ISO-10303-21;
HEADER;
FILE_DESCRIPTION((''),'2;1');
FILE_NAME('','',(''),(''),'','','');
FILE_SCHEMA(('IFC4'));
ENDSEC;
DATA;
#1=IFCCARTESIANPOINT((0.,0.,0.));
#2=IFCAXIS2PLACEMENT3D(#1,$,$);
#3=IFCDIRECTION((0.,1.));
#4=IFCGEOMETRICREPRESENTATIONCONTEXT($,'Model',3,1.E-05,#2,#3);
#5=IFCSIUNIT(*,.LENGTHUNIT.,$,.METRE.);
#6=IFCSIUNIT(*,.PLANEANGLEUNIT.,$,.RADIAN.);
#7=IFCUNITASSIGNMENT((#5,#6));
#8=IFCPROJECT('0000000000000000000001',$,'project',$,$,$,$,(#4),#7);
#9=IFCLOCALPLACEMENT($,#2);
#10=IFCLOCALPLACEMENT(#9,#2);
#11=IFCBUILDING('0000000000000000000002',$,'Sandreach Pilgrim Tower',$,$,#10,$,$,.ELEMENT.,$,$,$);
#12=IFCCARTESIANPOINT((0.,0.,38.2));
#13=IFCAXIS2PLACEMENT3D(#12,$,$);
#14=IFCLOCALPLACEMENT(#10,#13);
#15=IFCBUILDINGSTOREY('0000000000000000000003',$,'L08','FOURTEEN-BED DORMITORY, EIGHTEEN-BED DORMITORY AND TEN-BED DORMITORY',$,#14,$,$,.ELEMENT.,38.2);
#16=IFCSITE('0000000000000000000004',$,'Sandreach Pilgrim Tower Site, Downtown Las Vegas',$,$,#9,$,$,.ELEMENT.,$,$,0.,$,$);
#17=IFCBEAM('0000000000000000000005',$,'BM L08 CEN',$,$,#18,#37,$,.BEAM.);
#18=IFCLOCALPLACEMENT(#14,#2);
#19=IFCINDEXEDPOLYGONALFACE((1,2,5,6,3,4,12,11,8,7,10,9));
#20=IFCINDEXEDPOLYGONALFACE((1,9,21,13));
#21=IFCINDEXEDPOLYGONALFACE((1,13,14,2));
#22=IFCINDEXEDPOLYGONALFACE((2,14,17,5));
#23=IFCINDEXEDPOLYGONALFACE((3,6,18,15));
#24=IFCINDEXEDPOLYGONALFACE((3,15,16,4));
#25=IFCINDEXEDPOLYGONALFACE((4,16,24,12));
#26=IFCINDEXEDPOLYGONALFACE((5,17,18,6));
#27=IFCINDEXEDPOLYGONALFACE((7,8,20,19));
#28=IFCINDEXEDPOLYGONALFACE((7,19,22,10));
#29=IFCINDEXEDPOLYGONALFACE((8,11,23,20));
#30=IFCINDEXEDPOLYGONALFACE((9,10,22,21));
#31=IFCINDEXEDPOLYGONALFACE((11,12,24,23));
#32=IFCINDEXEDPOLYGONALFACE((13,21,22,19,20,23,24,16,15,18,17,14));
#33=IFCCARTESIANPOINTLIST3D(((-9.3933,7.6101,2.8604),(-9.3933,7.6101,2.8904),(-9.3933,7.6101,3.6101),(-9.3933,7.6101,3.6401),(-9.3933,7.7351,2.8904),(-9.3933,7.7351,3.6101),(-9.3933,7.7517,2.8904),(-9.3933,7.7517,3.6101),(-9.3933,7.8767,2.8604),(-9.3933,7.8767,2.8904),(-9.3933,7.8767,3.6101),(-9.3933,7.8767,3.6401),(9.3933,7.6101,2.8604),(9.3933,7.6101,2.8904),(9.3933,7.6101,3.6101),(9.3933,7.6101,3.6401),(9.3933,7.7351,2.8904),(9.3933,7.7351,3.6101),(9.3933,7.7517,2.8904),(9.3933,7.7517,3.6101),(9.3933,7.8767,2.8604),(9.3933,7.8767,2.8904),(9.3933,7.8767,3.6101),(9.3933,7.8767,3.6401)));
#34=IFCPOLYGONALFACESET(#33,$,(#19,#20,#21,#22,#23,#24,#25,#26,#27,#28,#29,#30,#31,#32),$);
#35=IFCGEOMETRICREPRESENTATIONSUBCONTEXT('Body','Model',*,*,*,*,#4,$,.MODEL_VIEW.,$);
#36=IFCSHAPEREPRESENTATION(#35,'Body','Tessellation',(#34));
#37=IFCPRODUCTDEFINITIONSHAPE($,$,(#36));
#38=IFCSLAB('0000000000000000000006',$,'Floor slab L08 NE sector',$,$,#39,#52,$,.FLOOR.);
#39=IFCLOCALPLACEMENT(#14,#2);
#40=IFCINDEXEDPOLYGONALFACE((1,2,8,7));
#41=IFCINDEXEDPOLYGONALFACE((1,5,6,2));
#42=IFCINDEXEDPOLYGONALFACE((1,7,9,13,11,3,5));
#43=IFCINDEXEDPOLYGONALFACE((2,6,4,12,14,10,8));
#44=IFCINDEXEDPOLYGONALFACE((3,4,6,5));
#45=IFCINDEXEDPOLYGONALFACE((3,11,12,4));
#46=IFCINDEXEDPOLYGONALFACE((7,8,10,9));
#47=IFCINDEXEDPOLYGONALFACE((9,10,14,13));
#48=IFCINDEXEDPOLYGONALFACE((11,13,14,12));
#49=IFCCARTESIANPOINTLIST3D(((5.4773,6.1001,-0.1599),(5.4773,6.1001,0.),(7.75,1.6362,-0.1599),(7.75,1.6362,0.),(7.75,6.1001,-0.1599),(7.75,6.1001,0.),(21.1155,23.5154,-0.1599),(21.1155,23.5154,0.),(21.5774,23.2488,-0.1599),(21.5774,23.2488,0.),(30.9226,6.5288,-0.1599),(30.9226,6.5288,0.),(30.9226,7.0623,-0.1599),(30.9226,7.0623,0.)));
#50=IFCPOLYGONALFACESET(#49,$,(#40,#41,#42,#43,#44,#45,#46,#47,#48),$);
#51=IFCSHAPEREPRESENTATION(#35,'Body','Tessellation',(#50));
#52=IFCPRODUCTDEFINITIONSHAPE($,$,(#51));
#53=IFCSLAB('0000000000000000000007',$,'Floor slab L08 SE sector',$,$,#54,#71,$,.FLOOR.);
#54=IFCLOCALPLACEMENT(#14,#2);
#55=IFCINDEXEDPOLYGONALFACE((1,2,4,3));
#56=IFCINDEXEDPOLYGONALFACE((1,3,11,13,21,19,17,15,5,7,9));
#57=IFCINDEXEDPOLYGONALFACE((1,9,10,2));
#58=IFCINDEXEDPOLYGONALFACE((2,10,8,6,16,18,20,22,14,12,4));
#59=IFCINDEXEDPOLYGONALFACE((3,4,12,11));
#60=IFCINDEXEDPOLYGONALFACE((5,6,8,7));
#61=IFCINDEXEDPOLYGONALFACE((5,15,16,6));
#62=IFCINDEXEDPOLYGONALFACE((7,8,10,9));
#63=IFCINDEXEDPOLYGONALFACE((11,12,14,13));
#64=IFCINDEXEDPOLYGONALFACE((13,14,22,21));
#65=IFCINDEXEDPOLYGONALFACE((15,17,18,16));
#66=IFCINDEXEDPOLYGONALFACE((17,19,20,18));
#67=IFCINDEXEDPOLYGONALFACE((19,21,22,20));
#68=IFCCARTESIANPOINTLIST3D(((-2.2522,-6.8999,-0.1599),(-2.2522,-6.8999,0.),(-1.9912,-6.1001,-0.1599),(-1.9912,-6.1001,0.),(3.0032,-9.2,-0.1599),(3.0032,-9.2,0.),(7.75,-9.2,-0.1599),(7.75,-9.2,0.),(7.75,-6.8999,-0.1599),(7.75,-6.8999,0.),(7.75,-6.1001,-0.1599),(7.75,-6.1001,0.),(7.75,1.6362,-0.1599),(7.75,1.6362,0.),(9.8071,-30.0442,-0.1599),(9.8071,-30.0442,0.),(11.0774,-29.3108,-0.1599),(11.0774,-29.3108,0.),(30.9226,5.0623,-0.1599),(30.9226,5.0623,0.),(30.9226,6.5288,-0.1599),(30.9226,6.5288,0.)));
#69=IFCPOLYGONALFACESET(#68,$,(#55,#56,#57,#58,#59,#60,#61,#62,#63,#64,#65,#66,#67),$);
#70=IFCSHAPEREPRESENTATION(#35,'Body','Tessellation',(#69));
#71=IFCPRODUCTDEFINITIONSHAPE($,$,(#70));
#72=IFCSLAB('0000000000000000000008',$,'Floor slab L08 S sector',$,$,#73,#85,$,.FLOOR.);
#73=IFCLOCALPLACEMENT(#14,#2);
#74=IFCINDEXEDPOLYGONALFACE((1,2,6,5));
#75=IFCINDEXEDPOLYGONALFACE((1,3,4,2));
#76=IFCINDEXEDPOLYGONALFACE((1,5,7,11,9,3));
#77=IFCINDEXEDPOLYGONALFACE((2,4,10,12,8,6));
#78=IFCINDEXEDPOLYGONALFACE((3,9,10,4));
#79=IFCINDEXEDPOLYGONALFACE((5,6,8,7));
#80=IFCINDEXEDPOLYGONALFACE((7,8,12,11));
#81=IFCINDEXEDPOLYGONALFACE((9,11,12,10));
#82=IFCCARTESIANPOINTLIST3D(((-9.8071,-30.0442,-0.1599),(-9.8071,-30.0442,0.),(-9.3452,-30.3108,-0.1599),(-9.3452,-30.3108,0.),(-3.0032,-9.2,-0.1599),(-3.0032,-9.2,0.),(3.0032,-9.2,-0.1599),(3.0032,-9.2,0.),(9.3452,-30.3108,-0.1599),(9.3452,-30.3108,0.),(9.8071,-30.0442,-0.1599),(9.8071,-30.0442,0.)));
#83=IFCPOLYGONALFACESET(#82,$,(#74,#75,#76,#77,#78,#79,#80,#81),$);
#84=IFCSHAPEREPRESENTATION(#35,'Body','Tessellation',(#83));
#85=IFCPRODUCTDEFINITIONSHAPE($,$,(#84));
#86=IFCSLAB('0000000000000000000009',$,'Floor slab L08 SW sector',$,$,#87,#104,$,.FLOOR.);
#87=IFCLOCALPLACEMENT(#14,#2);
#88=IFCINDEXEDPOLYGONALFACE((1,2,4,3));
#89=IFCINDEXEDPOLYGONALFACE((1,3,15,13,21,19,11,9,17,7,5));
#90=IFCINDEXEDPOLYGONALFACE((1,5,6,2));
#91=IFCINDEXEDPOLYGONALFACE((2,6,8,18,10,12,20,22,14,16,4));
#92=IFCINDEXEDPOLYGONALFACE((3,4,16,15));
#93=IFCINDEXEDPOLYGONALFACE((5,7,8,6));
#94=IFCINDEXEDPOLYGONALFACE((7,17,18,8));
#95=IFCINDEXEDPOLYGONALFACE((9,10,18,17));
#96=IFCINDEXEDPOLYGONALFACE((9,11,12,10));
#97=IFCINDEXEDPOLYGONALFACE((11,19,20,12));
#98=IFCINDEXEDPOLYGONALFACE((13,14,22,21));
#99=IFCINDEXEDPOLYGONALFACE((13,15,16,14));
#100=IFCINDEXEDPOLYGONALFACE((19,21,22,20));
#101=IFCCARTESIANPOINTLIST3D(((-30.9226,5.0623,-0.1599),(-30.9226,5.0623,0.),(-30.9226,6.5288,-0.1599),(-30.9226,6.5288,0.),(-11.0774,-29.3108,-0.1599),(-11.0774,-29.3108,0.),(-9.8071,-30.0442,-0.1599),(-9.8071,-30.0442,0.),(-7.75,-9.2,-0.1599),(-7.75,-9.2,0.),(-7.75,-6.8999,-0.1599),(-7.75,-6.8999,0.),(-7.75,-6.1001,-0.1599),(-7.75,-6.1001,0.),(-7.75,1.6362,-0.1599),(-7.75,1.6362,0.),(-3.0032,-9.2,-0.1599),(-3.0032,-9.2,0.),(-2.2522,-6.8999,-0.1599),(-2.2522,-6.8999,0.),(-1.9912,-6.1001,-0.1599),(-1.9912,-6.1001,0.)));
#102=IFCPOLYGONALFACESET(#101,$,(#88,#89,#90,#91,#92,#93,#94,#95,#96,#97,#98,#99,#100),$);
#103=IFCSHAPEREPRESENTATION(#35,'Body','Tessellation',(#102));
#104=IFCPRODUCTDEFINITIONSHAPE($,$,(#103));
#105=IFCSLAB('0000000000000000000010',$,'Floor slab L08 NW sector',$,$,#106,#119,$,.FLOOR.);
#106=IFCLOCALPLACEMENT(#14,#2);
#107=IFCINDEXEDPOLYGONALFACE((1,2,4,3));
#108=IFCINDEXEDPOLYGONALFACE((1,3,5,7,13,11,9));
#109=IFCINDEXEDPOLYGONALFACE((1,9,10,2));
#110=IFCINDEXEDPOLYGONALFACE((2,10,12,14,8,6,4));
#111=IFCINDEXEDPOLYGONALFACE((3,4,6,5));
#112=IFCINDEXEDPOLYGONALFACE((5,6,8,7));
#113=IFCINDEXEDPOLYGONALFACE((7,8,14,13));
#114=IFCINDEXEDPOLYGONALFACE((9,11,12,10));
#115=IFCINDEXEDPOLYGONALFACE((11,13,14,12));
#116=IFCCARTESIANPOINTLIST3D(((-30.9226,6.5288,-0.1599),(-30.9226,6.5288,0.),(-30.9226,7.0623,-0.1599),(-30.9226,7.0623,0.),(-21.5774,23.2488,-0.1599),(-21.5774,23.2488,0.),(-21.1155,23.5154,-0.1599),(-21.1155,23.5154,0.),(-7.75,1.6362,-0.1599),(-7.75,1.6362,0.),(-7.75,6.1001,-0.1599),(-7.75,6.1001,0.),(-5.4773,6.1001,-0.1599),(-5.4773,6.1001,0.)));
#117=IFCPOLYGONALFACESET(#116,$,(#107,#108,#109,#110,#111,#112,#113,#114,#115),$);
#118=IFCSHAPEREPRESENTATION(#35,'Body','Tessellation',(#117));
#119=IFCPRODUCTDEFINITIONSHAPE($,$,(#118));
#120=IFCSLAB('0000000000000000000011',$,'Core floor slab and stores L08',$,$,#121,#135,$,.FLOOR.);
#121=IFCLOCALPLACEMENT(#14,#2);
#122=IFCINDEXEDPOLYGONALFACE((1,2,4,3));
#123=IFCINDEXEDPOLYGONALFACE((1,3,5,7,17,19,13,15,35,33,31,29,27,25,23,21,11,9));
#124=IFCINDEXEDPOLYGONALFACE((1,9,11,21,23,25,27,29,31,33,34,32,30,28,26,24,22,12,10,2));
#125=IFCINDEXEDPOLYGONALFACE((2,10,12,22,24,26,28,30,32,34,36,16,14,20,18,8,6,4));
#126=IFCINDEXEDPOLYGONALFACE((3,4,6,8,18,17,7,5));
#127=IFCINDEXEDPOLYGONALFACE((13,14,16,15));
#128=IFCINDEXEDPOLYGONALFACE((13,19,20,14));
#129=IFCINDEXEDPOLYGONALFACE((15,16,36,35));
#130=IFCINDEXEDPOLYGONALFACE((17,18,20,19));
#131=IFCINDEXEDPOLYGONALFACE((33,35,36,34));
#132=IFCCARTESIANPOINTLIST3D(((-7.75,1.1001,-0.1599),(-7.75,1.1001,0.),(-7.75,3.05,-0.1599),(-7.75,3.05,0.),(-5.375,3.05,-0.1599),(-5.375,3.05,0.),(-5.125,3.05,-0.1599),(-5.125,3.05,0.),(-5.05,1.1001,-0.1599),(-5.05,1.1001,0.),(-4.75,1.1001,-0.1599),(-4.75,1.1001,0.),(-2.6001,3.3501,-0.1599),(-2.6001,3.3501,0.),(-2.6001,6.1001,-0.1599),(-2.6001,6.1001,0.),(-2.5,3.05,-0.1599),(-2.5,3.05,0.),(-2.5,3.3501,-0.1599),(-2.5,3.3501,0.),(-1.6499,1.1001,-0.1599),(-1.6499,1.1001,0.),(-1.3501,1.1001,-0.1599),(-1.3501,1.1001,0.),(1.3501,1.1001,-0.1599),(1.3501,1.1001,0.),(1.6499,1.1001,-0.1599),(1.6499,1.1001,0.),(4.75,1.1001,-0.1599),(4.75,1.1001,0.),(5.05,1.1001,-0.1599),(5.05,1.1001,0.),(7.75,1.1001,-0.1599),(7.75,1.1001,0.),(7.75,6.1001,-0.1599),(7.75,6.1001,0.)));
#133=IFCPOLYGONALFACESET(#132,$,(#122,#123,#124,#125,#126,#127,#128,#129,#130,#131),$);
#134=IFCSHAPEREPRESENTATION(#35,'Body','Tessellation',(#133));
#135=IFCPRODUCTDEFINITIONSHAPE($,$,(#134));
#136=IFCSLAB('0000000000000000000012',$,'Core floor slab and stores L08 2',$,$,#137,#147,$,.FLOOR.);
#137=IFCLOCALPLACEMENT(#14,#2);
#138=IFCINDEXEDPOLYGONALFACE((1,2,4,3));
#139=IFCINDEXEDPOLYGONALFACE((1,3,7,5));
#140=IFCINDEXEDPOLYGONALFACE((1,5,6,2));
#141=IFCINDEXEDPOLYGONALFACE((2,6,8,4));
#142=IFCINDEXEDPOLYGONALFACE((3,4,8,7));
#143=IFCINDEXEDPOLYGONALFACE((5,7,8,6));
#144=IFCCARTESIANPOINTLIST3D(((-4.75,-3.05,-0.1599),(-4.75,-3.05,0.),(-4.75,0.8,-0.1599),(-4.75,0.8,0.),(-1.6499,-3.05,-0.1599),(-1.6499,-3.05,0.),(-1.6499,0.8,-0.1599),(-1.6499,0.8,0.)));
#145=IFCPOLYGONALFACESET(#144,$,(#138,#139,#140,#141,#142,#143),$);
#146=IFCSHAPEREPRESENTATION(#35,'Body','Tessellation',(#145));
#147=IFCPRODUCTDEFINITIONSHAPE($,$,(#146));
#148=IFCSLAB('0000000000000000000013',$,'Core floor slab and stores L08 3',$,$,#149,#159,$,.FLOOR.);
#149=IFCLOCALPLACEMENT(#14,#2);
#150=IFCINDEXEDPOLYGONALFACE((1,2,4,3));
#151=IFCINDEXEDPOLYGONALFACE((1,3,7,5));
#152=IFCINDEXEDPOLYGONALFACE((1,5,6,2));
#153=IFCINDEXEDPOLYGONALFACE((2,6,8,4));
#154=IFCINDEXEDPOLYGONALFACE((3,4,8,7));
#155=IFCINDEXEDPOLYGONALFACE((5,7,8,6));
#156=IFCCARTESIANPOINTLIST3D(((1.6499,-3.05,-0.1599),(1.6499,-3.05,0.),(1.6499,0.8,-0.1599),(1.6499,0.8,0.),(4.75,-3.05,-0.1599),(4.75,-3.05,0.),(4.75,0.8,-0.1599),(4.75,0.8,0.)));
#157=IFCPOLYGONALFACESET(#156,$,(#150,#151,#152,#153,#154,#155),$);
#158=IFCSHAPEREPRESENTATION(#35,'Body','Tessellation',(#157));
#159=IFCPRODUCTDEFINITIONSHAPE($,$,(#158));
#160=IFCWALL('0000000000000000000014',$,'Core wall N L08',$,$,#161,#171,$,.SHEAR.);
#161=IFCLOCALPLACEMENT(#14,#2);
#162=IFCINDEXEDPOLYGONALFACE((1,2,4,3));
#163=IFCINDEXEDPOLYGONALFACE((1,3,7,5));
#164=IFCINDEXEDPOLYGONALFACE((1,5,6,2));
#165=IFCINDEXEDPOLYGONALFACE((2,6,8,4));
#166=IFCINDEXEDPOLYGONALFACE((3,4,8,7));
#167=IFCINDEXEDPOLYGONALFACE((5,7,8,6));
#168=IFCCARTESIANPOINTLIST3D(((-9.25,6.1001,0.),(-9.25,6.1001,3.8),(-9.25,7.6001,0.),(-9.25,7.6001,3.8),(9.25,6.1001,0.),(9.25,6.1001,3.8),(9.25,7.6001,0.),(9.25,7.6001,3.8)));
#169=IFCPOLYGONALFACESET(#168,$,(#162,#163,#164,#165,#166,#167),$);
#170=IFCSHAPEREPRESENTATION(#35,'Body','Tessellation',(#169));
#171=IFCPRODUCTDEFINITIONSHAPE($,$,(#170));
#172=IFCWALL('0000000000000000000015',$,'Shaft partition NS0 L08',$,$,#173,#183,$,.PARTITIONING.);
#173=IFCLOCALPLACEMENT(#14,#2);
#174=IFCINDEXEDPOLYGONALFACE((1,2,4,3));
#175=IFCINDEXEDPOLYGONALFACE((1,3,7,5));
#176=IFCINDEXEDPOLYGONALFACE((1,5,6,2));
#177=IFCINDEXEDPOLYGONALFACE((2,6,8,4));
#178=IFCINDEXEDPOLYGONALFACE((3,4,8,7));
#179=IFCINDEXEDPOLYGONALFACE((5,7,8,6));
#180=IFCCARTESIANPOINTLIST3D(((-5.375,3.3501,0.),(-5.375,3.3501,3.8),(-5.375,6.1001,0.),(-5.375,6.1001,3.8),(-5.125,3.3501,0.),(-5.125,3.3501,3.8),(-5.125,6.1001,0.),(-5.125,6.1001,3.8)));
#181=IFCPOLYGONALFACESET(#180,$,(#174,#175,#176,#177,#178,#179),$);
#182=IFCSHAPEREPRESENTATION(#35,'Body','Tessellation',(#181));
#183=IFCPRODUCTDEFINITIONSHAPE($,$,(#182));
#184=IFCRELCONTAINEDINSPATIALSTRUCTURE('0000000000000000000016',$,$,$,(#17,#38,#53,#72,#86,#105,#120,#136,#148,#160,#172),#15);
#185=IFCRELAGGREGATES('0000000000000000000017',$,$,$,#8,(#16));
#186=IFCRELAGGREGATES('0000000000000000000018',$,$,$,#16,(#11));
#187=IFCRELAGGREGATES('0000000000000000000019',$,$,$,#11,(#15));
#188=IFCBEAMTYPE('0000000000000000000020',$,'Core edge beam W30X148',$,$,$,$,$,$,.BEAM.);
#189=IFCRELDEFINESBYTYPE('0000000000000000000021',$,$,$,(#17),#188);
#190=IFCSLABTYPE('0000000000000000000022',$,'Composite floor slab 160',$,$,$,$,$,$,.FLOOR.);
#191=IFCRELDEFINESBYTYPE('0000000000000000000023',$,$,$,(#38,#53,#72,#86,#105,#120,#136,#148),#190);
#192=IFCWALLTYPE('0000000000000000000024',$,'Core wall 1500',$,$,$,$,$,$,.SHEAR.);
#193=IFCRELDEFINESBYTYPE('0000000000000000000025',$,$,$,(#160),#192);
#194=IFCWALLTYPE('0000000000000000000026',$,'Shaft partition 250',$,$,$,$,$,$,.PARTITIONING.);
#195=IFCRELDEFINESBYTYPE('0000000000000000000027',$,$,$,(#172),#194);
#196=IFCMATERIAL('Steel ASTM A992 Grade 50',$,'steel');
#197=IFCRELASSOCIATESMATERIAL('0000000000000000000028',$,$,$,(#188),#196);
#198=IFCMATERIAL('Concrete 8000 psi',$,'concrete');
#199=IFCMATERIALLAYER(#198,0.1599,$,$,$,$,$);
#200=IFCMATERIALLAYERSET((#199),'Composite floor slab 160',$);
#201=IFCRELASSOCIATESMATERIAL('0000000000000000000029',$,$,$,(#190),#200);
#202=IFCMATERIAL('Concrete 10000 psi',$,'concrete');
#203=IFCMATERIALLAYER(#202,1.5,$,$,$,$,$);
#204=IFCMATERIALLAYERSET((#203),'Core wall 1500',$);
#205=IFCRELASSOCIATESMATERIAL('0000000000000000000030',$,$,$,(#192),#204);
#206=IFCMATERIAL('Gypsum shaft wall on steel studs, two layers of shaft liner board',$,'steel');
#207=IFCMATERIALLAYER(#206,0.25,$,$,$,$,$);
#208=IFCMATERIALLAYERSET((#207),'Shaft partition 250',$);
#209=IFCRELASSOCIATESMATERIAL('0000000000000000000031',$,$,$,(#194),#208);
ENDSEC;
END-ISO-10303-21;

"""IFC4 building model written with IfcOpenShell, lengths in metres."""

from ifc_helpers import new_model, si_unit, direction, frame, frame_2d, origin, origin_2d, place, context, subcontext, project, spatial, polyline, rectangle, i_section, outline, extrude, material, layer, layer_set, material_profile, profile_set, type_object, element, save


model = new_model("IFC4")

# Units and contexts
model_context = context("Model", 3, precision=1e-05, world=origin(), true_north=direction((0.0, 1.0)))
body_context = subcontext(model_context, "Body", "Model", "MODEL_VIEW")
ifc_project = project(units=[si_unit("LENGTHUNIT", "METRE"), si_unit("PLANEANGLEUNIT", "RADIAN")], contexts=[model_context])

# Site, building, storey
site_placement = place(None, origin())
site = spatial("IfcSite", under=ifc_project, at=site_placement, Name="Sandreach Pilgrim Tower Site, Downtown Las Vegas", CompositionType="ELEMENT", RefElevation=0.0)
building_placement = place(site_placement, origin())
building = spatial("IfcBuilding", under=site, at=building_placement, Name="Sandreach Pilgrim Tower", CompositionType="ELEMENT")
storey_placement = place(building_placement, frame((0.0, 0.0, 38.2)))
storey = spatial("IfcBuildingStorey", under=building, at=storey_placement, Name="L08", Description="FOURTEEN-BED DORMITORY, EIGHTEEN-BED DORMITORY AND TEN-BED DORMITORY", CompositionType="ELEMENT", Elevation=38.2)

# Beam
ifc_material_1 = material(Name="Steel ASTM A992 Grade 50", Category="steel")
ifc_material_profile = material_profile(ifc_material_1, i_section(OverallWidth=0.2666, OverallDepth=0.7798, WebThickness=0.0166, FlangeThickness=0.03, at=origin_2d()), Name="W30X148")
ifc_profile_set = profile_set([ifc_material_profile], Name="Steel ASTM A992 Grade 50")
beam_type = type_object("IfcBeamType", Name="Core edge beam W30X148", PredefinedType="BEAM", material=ifc_profile_set)
beam_placement = place(storey_placement, frame((-9.3933, 7.7434, 3.2502), z_axis=(1.0, 0.0, 0.0), x_axis=(0.0, 1.0, 0.0)))
element("IfcBeam", 1, at=beam_placement, inside=storey, type_object=beam_type, Name="BM L08 CEN", PredefinedType="BEAM", context=body_context, shape_type="SweptSolid", body=[
    extrude(i_section(OverallWidth=0.2666, OverallDepth=0.7798, WebThickness=0.0166, FlangeThickness=0.03, at=origin_2d()), origin(), (0.0, 0.0, 1.0), 18.7866),
])

# Slabs
ifc_material_2 = material(Name="Concrete 8000 psi", Category="concrete")
ifc_layer_1 = layer(ifc_material_2, 0.1599)
ifc_layer_set_1 = layer_set([ifc_layer_1], Name="Composite floor slab 160")
slab_type = type_object("IfcSlabType", Name="Composite floor slab 160", PredefinedType="FLOOR", material=ifc_layer_set_1)
slab_1_placement = place(storey_placement, frame((0.0, 0.0, -0.1599)))
element("IfcSlab", 2, at=slab_1_placement, inside=storey, type_object=slab_type, Name="Floor slab L08 NE sector", PredefinedType="FLOOR", context=body_context, shape_type="SweptSolid", body=[
    extrude(outline(polyline([(21.5774, 23.2488), (30.9226, 7.0623), (30.9226, 6.5288), (7.75, 1.6362), (7.75, 6.1001), (5.4773, 6.1001), (21.1155, 23.5154), (21.5774, 23.2488)])), origin(), (0.0, 0.0, 1.0), 0.1599),
])
slab_2_placement = place(storey_placement, frame((0.0, 0.0, -0.1599)))
element("IfcSlab", 3, at=slab_2_placement, inside=storey, type_object=slab_type, Name="Floor slab L08 SE sector", PredefinedType="FLOOR", context=body_context, shape_type="SweptSolid", body=[
    extrude(outline(polyline([(11.0774, -29.3108), (9.8071, -30.0442), (3.0032, -9.2), (7.75, -9.2), (7.75, -6.8999), (-2.2522, -6.8999), (-1.9912, -6.1001), (7.75, -6.1001), (7.75, 1.6362), (30.9226, 6.5288), (30.9226, 5.0623), (11.0774, -29.3108)])), origin(), (0.0, 0.0, 1.0), 0.1599),
])
slab_3_placement = place(storey_placement, frame((0.0, 0.0, -0.1599)))
element("IfcSlab", 4, at=slab_3_placement, inside=storey, type_object=slab_type, Name="Floor slab L08 S sector", PredefinedType="FLOOR", context=body_context, shape_type="SweptSolid", body=[
    extrude(outline(polyline([(9.3452, -30.3108), (-9.3452, -30.3108), (-9.8071, -30.0442), (-3.0032, -9.2), (3.0032, -9.2), (9.8071, -30.0442), (9.3452, -30.3108)])), origin(), (0.0, 0.0, 1.0), 0.1599),
])
slab_4_placement = place(storey_placement, frame((0.0, 0.0, -0.1599)))
element("IfcSlab", 5, at=slab_4_placement, inside=storey, type_object=slab_type, Name="Floor slab L08 SW sector", PredefinedType="FLOOR", context=body_context, shape_type="SweptSolid", body=[
    extrude(outline(polyline([(-11.0774, -29.3108), (-30.9226, 5.0623), (-30.9226, 6.5288), (-7.75, 1.6362), (-7.75, -6.1001), (-1.9912, -6.1001), (-2.2522, -6.8999), (-7.75, -6.8999), (-7.75, -9.2), (-3.0032, -9.2), (-9.8071, -30.0442), (-11.0774, -29.3108)])), origin(), (0.0, 0.0, 1.0), 0.1599),
])
slab_5_placement = place(storey_placement, frame((0.0, 0.0, -0.1599)))
element("IfcSlab", 6, at=slab_5_placement, inside=storey, type_object=slab_type, Name="Floor slab L08 NW sector", PredefinedType="FLOOR", context=body_context, shape_type="SweptSolid", body=[
    extrude(outline(polyline([(-30.9226, 7.0623), (-21.5774, 23.2488), (-21.1155, 23.5154), (-5.4773, 6.1001), (-7.75, 6.1001), (-7.75, 1.6362), (-30.9226, 6.5288), (-30.9226, 7.0623)])), origin(), (0.0, 0.0, 1.0), 0.1599),
])
slab_6_placement = place(storey_placement, frame((0.0, 0.0, -0.1599)))
element("IfcSlab", 7, at=slab_6_placement, inside=storey, type_object=slab_type, Name="Core floor slab and stores L08", PredefinedType="FLOOR", context=body_context, shape_type="SweptSolid", body=[
    extrude(outline(polyline([(-7.75, 3.05), (-5.375, 3.05), (-5.125, 3.05), (-2.5, 3.05), (-2.5, 3.3501), (-2.6001, 3.3501), (-2.6001, 6.1001), (7.75, 6.1001), (7.75, 1.1001), (5.05, 1.1001), (4.75, 1.1001), (1.6499, 1.1001), (1.3501, 1.1001), (-1.3501, 1.1001), (-1.6499, 1.1001), (-4.75, 1.1001), (-5.05, 1.1001), (-7.75, 1.1001), (-7.75, 3.05)])), origin(), (0.0, 0.0, 1.0), 0.1599),
])
slab_7_placement = place(storey_placement, frame((0.0, 0.0, -0.1599)))
element("IfcSlab", 8, at=slab_7_placement, inside=storey, type_object=slab_type, Name="Core floor slab and stores L08 2", PredefinedType="FLOOR", context=body_context, shape_type="SweptSolid", body=[
    extrude(outline(polyline([(-1.6499, -3.05), (-4.75, -3.05), (-4.75, 0.8), (-1.6499, 0.8), (-1.6499, -3.05)])), origin(), (0.0, 0.0, 1.0), 0.1599),
])
slab_8_placement = place(storey_placement, frame((0.0, 0.0, -0.1599)))
element("IfcSlab", 9, at=slab_8_placement, inside=storey, type_object=slab_type, Name="Core floor slab and stores L08 3", PredefinedType="FLOOR", context=body_context, shape_type="SweptSolid", body=[
    extrude(outline(polyline([(4.75, -3.05), (1.6499, -3.05), (1.6499, 0.8), (4.75, 0.8), (4.75, -3.05)])), origin(), (0.0, 0.0, 1.0), 0.1599),
])

# Walls
ifc_material_3 = material(Name="Concrete 10000 psi", Category="concrete")
ifc_layer_2 = layer(ifc_material_3, 1.5)
ifc_layer_set_2 = layer_set([ifc_layer_2], Name="Core wall 1500")
wall_type_1 = type_object("IfcWallType", Name="Core wall 1500", PredefinedType="SHEAR", material=ifc_layer_set_2)
wall_1_placement = place(storey_placement, frame((-9.25, 6.8501, 0.0), z_axis=(0.0, 0.0, 1.0), x_axis=(1.0, 0.0, 0.0)))
element("IfcWall", 10, at=wall_1_placement, inside=storey, type_object=wall_type_1, Name="Core wall N L08", PredefinedType="SHEAR", context=body_context, shape_type="SweptSolid", body=[
    extrude(rectangle(XDim=18.5, YDim=1.5, at=frame_2d((9.25, 0.0))), origin(), (0.0, 0.0, 1.0), 3.8),
])
ifc_material_4 = material(Name="Gypsum shaft wall on steel studs, two layers of shaft liner board", Category="steel")
ifc_layer_3 = layer(ifc_material_4, 0.25)
ifc_layer_set_3 = layer_set([ifc_layer_3], Name="Shaft partition 250")
wall_type_2 = type_object("IfcWallType", Name="Shaft partition 250", PredefinedType="PARTITIONING", material=ifc_layer_set_3)
for number, where, z_axis, x_axis, name in (
    (11, (-5.25, 3.3501, 0.0), (0.0, 0.0, 1.0), (0.0, 1.0, 0.0), "Shaft partition NS0 L08"),
):
    element("IfcWall", number, at=place(storey_placement, frame(where, z_axis=z_axis, x_axis=x_axis)), inside=storey, type_object=wall_type_2, Name=name, PredefinedType="PARTITIONING", context=body_context, shape_type="SweptSolid", body=[
        extrude(rectangle(XDim=2.75, YDim=0.25, at=frame_2d((1.375, 0.0))), origin(), (0.0, 0.0, 1.0), 3.8),
    ])

save(model, "model.ifc")
